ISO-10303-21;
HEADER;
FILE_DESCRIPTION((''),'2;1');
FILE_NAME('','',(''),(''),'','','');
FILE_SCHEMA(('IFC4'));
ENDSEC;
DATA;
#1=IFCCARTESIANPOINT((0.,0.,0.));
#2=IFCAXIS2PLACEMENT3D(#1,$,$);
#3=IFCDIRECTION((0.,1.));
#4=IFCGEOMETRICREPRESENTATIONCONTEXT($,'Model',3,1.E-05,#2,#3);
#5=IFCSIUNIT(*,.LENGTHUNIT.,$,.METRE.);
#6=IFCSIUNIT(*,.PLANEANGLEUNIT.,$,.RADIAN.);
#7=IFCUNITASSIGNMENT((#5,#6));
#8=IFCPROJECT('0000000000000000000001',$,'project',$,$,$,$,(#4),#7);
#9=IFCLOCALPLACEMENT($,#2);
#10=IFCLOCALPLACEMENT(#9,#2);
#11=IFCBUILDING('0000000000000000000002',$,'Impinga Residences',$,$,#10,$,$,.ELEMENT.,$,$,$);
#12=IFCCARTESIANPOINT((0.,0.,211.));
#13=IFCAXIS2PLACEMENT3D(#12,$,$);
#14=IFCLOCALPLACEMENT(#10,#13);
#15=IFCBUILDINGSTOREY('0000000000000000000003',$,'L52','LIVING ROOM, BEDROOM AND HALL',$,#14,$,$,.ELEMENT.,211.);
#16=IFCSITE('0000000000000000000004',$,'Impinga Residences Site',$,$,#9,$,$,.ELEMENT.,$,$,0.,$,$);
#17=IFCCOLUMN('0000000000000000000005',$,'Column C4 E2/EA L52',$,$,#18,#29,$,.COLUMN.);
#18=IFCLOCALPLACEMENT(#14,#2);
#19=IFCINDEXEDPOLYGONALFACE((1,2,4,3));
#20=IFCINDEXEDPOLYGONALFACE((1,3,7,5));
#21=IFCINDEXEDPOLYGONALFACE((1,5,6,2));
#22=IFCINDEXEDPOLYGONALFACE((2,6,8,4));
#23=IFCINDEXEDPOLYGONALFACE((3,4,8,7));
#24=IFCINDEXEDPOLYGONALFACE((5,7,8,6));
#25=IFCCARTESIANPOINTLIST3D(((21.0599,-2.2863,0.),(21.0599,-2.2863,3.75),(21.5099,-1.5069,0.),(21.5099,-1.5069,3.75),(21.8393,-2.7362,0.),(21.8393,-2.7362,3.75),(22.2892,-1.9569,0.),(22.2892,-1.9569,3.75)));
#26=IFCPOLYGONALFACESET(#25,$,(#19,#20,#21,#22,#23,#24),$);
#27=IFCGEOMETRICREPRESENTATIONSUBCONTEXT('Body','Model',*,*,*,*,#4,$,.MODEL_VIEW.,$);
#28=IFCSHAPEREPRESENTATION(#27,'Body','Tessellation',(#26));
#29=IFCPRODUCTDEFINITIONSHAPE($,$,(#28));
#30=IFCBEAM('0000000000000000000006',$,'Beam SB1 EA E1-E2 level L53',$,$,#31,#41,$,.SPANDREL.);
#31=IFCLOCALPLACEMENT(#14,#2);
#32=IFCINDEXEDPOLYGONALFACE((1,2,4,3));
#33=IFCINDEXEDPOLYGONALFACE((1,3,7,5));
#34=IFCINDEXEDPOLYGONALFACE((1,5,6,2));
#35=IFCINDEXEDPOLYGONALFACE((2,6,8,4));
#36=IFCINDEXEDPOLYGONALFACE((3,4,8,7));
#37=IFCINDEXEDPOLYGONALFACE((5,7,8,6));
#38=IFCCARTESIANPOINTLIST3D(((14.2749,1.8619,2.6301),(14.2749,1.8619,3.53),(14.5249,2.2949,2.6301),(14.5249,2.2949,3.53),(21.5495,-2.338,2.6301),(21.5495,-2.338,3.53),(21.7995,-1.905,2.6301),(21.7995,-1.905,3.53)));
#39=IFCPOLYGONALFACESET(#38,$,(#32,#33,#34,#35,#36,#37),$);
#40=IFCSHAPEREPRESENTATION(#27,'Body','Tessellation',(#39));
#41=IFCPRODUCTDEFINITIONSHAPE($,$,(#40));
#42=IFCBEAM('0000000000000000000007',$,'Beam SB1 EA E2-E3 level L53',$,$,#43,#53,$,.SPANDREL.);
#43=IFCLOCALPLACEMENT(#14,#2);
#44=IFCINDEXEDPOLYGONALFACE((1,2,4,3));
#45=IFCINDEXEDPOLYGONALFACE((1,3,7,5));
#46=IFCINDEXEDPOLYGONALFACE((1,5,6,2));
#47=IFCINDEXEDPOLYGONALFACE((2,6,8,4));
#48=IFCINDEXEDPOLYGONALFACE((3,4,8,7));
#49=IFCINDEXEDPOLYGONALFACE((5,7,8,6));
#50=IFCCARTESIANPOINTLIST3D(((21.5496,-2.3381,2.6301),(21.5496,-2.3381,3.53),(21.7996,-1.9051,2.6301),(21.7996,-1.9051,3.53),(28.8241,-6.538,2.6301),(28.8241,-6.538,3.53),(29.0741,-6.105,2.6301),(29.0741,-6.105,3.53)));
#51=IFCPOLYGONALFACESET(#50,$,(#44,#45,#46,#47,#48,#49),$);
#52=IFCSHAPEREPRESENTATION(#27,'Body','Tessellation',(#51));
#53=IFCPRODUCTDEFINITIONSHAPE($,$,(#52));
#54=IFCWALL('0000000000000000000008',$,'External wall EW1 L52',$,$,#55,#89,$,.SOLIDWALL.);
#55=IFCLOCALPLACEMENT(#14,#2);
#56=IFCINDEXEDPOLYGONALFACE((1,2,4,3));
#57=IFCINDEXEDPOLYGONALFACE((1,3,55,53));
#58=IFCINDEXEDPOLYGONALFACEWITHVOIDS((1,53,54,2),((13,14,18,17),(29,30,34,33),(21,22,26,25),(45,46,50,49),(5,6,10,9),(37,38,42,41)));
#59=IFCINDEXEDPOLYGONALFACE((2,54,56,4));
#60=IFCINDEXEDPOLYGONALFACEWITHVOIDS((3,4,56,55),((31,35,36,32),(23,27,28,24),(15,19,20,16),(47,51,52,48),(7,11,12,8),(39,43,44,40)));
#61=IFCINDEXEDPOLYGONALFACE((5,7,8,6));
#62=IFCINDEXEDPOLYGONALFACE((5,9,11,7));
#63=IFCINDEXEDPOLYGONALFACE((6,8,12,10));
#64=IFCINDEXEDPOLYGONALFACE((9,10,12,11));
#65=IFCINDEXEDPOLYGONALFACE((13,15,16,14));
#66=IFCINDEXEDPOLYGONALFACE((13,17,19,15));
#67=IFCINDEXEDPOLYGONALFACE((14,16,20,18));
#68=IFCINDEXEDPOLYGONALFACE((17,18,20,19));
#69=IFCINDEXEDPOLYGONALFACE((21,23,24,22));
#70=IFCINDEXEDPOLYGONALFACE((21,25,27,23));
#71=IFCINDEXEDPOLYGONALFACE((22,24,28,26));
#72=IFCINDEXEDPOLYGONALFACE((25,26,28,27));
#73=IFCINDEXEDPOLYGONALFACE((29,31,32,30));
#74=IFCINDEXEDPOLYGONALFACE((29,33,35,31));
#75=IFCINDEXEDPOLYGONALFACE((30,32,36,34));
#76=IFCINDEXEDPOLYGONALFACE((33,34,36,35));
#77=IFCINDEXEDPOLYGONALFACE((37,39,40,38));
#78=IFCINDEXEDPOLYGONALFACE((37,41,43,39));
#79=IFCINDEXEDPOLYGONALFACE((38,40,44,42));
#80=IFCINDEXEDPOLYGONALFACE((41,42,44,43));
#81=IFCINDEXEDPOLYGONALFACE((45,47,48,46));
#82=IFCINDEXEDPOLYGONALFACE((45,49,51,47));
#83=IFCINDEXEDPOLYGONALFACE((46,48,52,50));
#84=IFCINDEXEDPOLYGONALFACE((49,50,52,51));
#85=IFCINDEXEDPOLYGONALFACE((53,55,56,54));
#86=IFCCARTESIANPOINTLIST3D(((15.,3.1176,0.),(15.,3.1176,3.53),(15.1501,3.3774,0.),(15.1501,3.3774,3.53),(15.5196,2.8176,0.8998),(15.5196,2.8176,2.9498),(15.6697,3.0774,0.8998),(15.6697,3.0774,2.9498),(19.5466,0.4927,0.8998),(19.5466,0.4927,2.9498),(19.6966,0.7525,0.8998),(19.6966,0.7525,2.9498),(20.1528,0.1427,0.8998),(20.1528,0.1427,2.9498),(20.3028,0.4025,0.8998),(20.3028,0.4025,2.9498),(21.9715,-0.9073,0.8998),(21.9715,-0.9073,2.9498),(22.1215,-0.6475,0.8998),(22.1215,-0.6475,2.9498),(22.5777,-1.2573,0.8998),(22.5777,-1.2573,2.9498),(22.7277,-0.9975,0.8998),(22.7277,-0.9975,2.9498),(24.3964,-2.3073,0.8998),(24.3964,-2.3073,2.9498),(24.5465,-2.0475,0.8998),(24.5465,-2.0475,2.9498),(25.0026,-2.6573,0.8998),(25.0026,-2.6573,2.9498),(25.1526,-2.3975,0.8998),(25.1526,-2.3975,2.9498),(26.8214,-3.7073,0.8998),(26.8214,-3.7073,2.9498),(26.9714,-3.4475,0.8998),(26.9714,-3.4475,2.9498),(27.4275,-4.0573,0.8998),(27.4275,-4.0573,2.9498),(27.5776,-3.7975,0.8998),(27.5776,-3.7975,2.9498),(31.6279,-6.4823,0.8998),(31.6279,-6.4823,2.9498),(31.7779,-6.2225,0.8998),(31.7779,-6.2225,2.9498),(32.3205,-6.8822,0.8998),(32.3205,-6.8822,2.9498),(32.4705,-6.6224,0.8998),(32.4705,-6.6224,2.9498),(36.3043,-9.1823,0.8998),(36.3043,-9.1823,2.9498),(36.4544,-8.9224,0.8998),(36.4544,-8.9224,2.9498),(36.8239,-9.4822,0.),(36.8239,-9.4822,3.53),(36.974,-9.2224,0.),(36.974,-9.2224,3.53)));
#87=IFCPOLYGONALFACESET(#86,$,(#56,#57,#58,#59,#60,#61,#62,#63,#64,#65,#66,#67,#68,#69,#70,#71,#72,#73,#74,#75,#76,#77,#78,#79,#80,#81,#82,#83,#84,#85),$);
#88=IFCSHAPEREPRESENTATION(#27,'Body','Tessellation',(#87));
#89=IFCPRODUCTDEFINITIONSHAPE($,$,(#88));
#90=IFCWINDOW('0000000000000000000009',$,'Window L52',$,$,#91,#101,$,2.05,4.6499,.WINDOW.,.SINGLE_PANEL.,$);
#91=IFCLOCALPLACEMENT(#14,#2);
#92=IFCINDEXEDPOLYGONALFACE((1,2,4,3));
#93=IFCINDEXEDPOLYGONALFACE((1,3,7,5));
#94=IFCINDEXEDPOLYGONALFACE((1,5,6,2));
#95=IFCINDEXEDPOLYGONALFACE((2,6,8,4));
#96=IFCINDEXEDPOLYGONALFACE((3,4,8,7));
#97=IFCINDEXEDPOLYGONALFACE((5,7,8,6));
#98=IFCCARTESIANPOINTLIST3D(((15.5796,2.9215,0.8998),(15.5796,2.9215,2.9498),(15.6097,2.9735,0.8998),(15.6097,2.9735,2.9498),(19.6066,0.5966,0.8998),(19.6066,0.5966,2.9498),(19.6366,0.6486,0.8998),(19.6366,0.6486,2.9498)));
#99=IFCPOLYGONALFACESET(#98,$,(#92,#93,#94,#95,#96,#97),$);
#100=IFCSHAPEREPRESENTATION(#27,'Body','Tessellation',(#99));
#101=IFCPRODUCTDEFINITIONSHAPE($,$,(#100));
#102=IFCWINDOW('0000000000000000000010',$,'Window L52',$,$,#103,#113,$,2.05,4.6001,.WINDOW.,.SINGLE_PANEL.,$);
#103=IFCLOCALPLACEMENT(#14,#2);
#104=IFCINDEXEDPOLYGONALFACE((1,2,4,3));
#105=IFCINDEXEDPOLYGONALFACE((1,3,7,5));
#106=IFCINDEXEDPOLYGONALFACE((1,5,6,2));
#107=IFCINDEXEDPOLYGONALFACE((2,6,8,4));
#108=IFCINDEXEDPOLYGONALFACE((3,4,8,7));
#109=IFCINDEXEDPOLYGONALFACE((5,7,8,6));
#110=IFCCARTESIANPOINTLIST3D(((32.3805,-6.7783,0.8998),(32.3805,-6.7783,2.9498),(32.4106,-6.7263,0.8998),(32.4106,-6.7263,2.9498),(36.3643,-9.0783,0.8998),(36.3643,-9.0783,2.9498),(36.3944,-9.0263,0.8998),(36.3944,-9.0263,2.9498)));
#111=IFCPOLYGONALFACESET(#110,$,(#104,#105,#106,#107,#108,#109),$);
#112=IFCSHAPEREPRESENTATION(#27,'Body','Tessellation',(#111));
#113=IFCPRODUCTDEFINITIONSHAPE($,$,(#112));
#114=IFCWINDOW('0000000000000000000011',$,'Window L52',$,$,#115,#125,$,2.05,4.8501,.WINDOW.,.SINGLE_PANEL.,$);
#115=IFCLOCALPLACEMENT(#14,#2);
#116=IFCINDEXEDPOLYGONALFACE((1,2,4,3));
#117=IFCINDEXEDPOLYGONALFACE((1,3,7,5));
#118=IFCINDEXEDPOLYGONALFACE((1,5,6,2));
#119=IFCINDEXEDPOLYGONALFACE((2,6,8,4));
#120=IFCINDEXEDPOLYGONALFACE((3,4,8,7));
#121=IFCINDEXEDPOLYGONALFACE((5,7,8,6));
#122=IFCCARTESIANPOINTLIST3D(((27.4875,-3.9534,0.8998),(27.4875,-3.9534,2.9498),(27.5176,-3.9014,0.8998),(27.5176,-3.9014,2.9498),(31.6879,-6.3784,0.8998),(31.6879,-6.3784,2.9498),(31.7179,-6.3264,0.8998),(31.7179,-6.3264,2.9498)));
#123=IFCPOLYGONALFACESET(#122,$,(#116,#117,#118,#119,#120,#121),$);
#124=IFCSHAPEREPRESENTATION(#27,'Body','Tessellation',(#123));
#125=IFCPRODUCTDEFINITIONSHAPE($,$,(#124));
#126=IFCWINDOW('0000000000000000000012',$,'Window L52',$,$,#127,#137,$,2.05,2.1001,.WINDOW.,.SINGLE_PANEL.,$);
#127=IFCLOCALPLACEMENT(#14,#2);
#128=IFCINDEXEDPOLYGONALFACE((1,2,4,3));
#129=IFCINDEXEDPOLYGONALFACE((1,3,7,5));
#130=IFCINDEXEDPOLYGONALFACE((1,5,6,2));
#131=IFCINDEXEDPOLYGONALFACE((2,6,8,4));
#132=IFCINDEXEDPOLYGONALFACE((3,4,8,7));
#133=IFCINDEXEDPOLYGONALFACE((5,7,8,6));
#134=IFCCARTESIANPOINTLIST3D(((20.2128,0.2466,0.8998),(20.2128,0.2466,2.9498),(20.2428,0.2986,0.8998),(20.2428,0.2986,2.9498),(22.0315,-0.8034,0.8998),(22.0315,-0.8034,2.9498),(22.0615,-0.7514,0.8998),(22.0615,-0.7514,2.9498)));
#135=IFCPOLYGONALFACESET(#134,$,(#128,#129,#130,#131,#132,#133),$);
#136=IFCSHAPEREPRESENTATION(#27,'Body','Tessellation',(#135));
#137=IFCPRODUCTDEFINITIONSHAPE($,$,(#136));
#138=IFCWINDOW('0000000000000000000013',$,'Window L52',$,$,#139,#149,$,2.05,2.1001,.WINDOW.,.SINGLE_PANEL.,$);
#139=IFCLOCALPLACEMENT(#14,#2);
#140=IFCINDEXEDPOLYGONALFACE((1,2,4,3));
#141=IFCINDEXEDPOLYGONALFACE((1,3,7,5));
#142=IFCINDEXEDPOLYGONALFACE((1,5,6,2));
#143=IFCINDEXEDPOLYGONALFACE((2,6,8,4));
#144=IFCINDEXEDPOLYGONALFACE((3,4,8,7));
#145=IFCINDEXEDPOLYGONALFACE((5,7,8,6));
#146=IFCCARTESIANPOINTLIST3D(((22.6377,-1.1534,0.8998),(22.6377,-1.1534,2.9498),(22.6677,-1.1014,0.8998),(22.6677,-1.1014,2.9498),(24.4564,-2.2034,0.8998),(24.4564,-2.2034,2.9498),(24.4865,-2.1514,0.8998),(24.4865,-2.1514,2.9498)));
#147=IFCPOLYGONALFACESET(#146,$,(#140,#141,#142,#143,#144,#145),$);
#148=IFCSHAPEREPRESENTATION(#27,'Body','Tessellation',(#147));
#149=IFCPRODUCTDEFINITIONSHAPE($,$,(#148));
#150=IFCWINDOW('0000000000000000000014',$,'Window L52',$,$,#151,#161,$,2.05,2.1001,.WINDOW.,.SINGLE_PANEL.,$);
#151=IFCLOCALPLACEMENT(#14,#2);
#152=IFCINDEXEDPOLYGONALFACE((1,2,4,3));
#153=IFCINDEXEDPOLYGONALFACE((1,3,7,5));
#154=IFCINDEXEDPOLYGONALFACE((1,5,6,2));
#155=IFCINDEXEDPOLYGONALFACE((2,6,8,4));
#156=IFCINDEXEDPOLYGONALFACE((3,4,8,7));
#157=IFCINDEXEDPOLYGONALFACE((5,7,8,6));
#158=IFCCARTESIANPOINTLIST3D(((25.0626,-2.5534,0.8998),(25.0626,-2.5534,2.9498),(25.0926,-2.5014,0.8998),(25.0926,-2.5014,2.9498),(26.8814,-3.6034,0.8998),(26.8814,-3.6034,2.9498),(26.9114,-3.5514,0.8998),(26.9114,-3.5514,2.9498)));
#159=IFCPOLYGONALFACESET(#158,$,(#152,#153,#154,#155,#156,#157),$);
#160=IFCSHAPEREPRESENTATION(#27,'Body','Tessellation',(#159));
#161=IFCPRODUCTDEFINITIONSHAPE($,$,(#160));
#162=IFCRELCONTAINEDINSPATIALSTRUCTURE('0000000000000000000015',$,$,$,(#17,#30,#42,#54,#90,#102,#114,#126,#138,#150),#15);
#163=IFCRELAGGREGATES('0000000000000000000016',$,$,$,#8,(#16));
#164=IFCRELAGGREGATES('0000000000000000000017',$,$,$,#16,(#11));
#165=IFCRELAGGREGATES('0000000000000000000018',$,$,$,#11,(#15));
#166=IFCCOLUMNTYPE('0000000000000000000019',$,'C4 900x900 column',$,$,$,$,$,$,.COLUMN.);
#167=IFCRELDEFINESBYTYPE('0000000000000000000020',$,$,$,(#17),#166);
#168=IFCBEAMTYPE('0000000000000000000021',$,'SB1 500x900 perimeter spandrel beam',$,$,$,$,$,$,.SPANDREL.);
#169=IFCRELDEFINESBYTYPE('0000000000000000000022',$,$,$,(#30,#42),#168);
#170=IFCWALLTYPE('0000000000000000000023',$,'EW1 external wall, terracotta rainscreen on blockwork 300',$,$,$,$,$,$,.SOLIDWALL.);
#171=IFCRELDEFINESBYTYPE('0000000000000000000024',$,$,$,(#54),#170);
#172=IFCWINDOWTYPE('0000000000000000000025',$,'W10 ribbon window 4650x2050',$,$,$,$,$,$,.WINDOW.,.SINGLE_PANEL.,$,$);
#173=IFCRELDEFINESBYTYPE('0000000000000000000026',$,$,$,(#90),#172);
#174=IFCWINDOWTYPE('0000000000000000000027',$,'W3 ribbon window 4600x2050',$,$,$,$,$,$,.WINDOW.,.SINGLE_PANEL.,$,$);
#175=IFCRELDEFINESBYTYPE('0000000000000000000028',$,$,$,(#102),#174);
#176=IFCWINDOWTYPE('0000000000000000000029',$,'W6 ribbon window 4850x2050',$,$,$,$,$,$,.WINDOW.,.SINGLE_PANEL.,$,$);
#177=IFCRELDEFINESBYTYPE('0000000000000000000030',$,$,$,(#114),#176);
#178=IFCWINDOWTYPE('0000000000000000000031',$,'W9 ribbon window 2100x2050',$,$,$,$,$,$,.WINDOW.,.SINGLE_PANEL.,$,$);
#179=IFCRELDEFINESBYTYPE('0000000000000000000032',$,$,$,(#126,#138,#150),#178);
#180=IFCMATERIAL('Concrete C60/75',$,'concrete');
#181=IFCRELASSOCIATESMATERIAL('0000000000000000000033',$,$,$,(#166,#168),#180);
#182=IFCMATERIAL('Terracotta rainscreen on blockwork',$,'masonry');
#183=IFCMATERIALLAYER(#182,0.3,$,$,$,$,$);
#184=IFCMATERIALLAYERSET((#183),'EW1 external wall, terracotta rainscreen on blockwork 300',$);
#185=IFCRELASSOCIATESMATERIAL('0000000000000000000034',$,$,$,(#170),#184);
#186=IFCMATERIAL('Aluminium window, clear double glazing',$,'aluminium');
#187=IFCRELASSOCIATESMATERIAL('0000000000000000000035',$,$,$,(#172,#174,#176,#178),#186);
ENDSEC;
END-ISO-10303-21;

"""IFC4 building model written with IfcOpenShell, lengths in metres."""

from ifc_helpers import new_model, si_unit, direction, frame, frame_2d, origin, origin_2d, place, context, subcontext, project, spatial, rectangle, extrude, material, layer, layer_set, material_profile, profile_set, type_object, element, fill, save


model = new_model("IFC4")

# Units and contexts
model_context = context("Model", 3, precision=1e-05, world=origin(), true_north=direction((0.0, 1.0)))
body_context = subcontext(model_context, "Body", "Model", "MODEL_VIEW")
ifc_project = project(units=[si_unit("LENGTHUNIT", "METRE"), si_unit("PLANEANGLEUNIT", "RADIAN")], contexts=[model_context])

# Site, building, storey
site_placement = place(None, origin())
site = spatial("IfcSite", under=ifc_project, at=site_placement, Name="Impinga Residences Site", CompositionType="ELEMENT", RefElevation=0.0)
building_placement = place(site_placement, origin())
building = spatial("IfcBuilding", under=site, at=building_placement, Name="Impinga Residences", CompositionType="ELEMENT")
storey_placement = place(building_placement, frame((0.0, 0.0, 211.0)))
storey = spatial("IfcBuildingStorey", under=building, at=storey_placement, Name="L52", Description="LIVING ROOM, BEDROOM AND HALL", CompositionType="ELEMENT", Elevation=211.0)

# Column
ifc_material_1 = material(Name="Concrete C60/75", Category="concrete")
ifc_material_profile_1 = material_profile(ifc_material_1, rectangle(XDim=0.8999, YDim=0.8999, at=origin_2d()), Name="RC 900x900")
ifc_profile_set_1 = profile_set([ifc_material_profile_1], Name="Concrete C60/75")
column_type = type_object("IfcColumnType", Name="C4 900x900 column", PredefinedType="COLUMN", material=ifc_profile_set_1)
column_placement = place(storey_placement, frame((21.6746, -2.1216, 0.0), z_axis=(0.0, 0.0, 1.0), x_axis=(-0.5, -0.866025, 0.0)))
element("IfcColumn", 1, at=column_placement, inside=storey, type_object=column_type, Name="Column C4 E2/EA L52", PredefinedType="COLUMN", context=body_context, shape_type="SweptSolid", body=[
    extrude(rectangle(XDim=0.8999, YDim=0.8999, at=origin_2d()), origin(), (0.0, 0.0, 1.0), 3.75),
])

# Beams
ifc_material_profile_2 = material_profile(ifc_material_1, rectangle(XDim=0.5, YDim=0.8999, at=origin_2d()), Name="RC 500x900")
ifc_profile_set_2 = profile_set([ifc_material_profile_2], Name="Concrete C60/75")
beam_type = type_object("IfcBeamType", Name="SB1 500x900 perimeter spandrel beam", PredefinedType="SPANDREL", material=ifc_profile_set_2)
for number, where, z_axis, x_axis, name in (
    (2, (14.3999, 2.0784, 3.0801), (0.866029, -0.499993, 0.0), (0.499993, 0.866029, 0.0), "Beam SB1 EA E1-E2 level L53"),
    (3, (21.6746, -2.1216, 3.0801), (0.866029, -0.499993, 0.0), (0.499993, 0.866029, 0.0), "Beam SB1 EA E2-E3 level L53"),
):
    element("IfcBeam", number, at=place(storey_placement, frame(where, z_axis=z_axis, x_axis=x_axis)), inside=storey, type_object=beam_type, Name=name, PredefinedType="SPANDREL", context=body_context, shape_type="SweptSolid", body=[
        extrude(rectangle(XDim=0.5, YDim=0.8999, at=origin_2d()), origin(), (0.0, 0.0, 1.0), 8.3999),
    ])

# Wall, openings, windows
ifc_material_2 = material(Name="Terracotta rainscreen on blockwork", Category="masonry")
ifc_layer_1 = layer(ifc_material_2, 0.3)
ifc_layer_set_1 = layer_set([ifc_layer_1], Name="EW1 external wall, terracotta rainscreen on blockwork 300")
wall_type_1 = type_object("IfcWallType", Name="EW1 external wall, terracotta rainscreen on blockwork 300", PredefinedType="SOLIDWALL", material=ifc_layer_set_1)
wall_1_placement = place(storey_placement, frame((15.075, 3.2476, 0.0), z_axis=(0.0, 0.0, 1.0), x_axis=(0.866029, -0.499993, 0.0)))
wall_1 = element("IfcWall", 4, at=wall_1_placement, inside=storey, type_object=wall_type_1, Name="External wall EW1 L52", PredefinedType="SOLIDWALL", context=body_context, shape_type="SweptSolid", body=[
    extrude(rectangle(XDim=25.2, YDim=0.3, at=frame_2d((12.6001, 0.0))), origin(), (0.0, 0.0, 1.0), 3.53),
])
opening_1_placement = place(wall_1_placement, frame((0.6001, 0.0, 0.8999)))
opening_1 = element("IfcOpeningElement", 5, at=opening_1_placement, cuts=wall_1, PredefinedType="OPENING", context=body_context, shape_type="SweptSolid", body=[
    extrude(rectangle(XDim=4.6499, YDim=2.05, at=frame_2d((2.325, 1.0249))), frame((0.0, 0.1599, 0.0), z_axis=(0.0, -1.0, 0.0), x_axis=(1.0, 0.0, 0.0)), (0.0, 0.0, 1.0), 0.3201),
])
opening_2_placement = place(wall_1_placement, frame((5.95, 0.0, 0.8999)))
opening_2 = element("IfcOpeningElement", 6, at=opening_2_placement, cuts=wall_1, PredefinedType="OPENING", context=body_context, shape_type="SweptSolid", body=[
    extrude(rectangle(XDim=2.1001, YDim=2.05, at=frame_2d((1.05, 1.0249))), frame((0.0, 0.1599, 0.0), z_axis=(0.0, -1.0, 0.0), x_axis=(1.0, 0.0, 0.0)), (0.0, 0.0, 1.0), 0.3201),
])
opening_3_placement = place(wall_1_placement, frame((8.75, 0.0, 0.8999)))
opening_3 = element("IfcOpeningElement", 7, at=opening_3_placement, cuts=wall_1, PredefinedType="OPENING", context=body_context, shape_type="SweptSolid", body=[
    extrude(rectangle(XDim=2.1001, YDim=2.05, at=frame_2d((1.05, 1.0249))), frame((0.0, 0.1599, 0.0), z_axis=(0.0, -1.0, 0.0), x_axis=(1.0, 0.0, 0.0)), (0.0, 0.0, 1.0), 0.3201),
])
opening_4_placement = place(wall_1_placement, frame((11.55, 0.0, 0.8999)))
opening_4 = element("IfcOpeningElement", 8, at=opening_4_placement, cuts=wall_1, PredefinedType="OPENING", context=body_context, shape_type="SweptSolid", body=[
    extrude(rectangle(XDim=2.1001, YDim=2.05, at=frame_2d((1.05, 1.0249))), frame((0.0, 0.1599, 0.0), z_axis=(0.0, -1.0, 0.0), x_axis=(1.0, 0.0, 0.0)), (0.0, 0.0, 1.0), 0.3201),
])
opening_5_placement = place(wall_1_placement, frame((14.3501, 0.0, 0.8999)))
opening_5 = element("IfcOpeningElement", 9, at=opening_5_placement, cuts=wall_1, PredefinedType="OPENING", context=body_context, shape_type="SweptSolid", body=[
    extrude(rectangle(XDim=4.8501, YDim=2.05, at=frame_2d((2.425, 1.0249))), frame((0.0, 0.1599, 0.0), z_axis=(0.0, -1.0, 0.0), x_axis=(1.0, 0.0, 0.0)), (0.0, 0.0, 1.0), 0.3201),
])
opening_6_placement = place(wall_1_placement, frame((20.0, 0.0, 0.8999)))
opening_6 = element("IfcOpeningElement", 10, at=opening_6_placement, cuts=wall_1, PredefinedType="OPENING", context=body_context, shape_type="SweptSolid", body=[
    extrude(rectangle(XDim=4.6001, YDim=2.05, at=frame_2d((2.3, 1.0249))), frame((0.0, 0.1599, 0.0), z_axis=(0.0, -1.0, 0.0), x_axis=(1.0, 0.0, 0.0)), (0.0, 0.0, 1.0), 0.3201),
])
ifc_material_3 = material(Name="Aluminium window, clear double glazing", Category="aluminium")
window_type_1 = type_object("IfcWindowType", Name="W10 ribbon window 4650x2050", PartitioningType="SINGLE_PANEL", PredefinedType="WINDOW", material=ifc_material_3)
window_1_placement = place(opening_1_placement, origin())
window_1 = element("IfcWindow", 11, at=window_1_placement, inside=storey, type_object=window_type_1, Name="Window L52", OverallHeight=2.05, OverallWidth=4.6499, PartitioningType="SINGLE_PANEL", PredefinedType="WINDOW", context=body_context, shape_type="SweptSolid", body=[
    extrude(rectangle(XDim=4.6499, YDim=2.05, at=frame_2d((2.325, 1.0249))), frame((0.0, 0.03, 0.0), z_axis=(0.0, -1.0, 0.0), x_axis=(1.0, 0.0, 0.0)), (0.0, 0.0, 1.0), 0.0601),
])
fill(opening_1, window_1)
window_type_2 = type_object("IfcWindowType", Name="W3 ribbon window 4600x2050", PartitioningType="SINGLE_PANEL", PredefinedType="WINDOW", material=ifc_material_3)
window_2_placement = place(opening_6_placement, origin())
window_2 = element("IfcWindow", 12, at=window_2_placement, inside=storey, type_object=window_type_2, Name="Window L52", OverallHeight=2.05, OverallWidth=4.6001, PartitioningType="SINGLE_PANEL", PredefinedType="WINDOW", context=body_context, shape_type="SweptSolid", body=[
    extrude(rectangle(XDim=4.6001, YDim=2.05, at=frame_2d((2.3, 1.0249))), frame((0.0, 0.03, 0.0), z_axis=(0.0, -1.0, 0.0), x_axis=(1.0, 0.0, 0.0)), (0.0, 0.0, 1.0), 0.0601),
])
fill(opening_6, window_2)
window_type_3 = type_object("IfcWindowType", Name="W6 ribbon window 4850x2050", PartitioningType="SINGLE_PANEL", PredefinedType="WINDOW", material=ifc_material_3)
window_3_placement = place(opening_5_placement, origin())
window_3 = element("IfcWindow", 13, at=window_3_placement, inside=storey, type_object=window_type_3, Name="Window L52", OverallHeight=2.05, OverallWidth=4.8501, PartitioningType="SINGLE_PANEL", PredefinedType="WINDOW", context=body_context, shape_type="SweptSolid", body=[
    extrude(rectangle(XDim=4.8501, YDim=2.05, at=frame_2d((2.425, 1.0249))), frame((0.0, 0.03, 0.0), z_axis=(0.0, -1.0, 0.0), x_axis=(1.0, 0.0, 0.0)), (0.0, 0.0, 1.0), 0.0601),
])
fill(opening_5, window_3)
window_type_4 = type_object("IfcWindowType", Name="W9 ribbon window 2100x2050", PartitioningType="SINGLE_PANEL", PredefinedType="WINDOW", material=ifc_material_3)
window_4_placement = place(opening_2_placement, origin())
window_4 = element("IfcWindow", 14, at=window_4_placement, inside=storey, type_object=window_type_4, Name="Window L52", OverallHeight=2.05, OverallWidth=2.1001, PartitioningType="SINGLE_PANEL", PredefinedType="WINDOW", context=body_context, shape_type="SweptSolid", body=[
    extrude(rectangle(XDim=2.1001, YDim=2.05, at=frame_2d((1.05, 1.0249))), frame((0.0, 0.03, 0.0), z_axis=(0.0, -1.0, 0.0), x_axis=(1.0, 0.0, 0.0)), (0.0, 0.0, 1.0), 0.0601),
])
fill(opening_2, window_4)
window_5_placement = place(opening_3_placement, origin())
window_5 = element("IfcWindow", 15, at=window_5_placement, inside=storey, type_object=window_type_4, Name="Window L52", OverallHeight=2.05, OverallWidth=2.1001, PartitioningType="SINGLE_PANEL", PredefinedType="WINDOW", context=body_context, shape_type="SweptSolid", body=[
    extrude(rectangle(XDim=2.1001, YDim=2.05, at=frame_2d((1.05, 1.0249))), frame((0.0, 0.03, 0.0), z_axis=(0.0, -1.0, 0.0), x_axis=(1.0, 0.0, 0.0)), (0.0, 0.0, 1.0), 0.0601),
])
fill(opening_3, window_5)
window_6_placement = place(opening_4_placement, origin())
window_6 = element("IfcWindow", 16, at=window_6_placement, inside=storey, type_object=window_type_4, Name="Window L52", OverallHeight=2.05, OverallWidth=2.1001, PartitioningType="SINGLE_PANEL", PredefinedType="WINDOW", context=body_context, shape_type="SweptSolid", body=[
    extrude(rectangle(XDim=2.1001, YDim=2.05, at=frame_2d((1.05, 1.0249))), frame((0.0, 0.03, 0.0), z_axis=(0.0, -1.0, 0.0), x_axis=(1.0, 0.0, 0.0)), (0.0, 0.0, 1.0), 0.0601),
])
fill(opening_4, window_6)

save(model, "model.ifc")
